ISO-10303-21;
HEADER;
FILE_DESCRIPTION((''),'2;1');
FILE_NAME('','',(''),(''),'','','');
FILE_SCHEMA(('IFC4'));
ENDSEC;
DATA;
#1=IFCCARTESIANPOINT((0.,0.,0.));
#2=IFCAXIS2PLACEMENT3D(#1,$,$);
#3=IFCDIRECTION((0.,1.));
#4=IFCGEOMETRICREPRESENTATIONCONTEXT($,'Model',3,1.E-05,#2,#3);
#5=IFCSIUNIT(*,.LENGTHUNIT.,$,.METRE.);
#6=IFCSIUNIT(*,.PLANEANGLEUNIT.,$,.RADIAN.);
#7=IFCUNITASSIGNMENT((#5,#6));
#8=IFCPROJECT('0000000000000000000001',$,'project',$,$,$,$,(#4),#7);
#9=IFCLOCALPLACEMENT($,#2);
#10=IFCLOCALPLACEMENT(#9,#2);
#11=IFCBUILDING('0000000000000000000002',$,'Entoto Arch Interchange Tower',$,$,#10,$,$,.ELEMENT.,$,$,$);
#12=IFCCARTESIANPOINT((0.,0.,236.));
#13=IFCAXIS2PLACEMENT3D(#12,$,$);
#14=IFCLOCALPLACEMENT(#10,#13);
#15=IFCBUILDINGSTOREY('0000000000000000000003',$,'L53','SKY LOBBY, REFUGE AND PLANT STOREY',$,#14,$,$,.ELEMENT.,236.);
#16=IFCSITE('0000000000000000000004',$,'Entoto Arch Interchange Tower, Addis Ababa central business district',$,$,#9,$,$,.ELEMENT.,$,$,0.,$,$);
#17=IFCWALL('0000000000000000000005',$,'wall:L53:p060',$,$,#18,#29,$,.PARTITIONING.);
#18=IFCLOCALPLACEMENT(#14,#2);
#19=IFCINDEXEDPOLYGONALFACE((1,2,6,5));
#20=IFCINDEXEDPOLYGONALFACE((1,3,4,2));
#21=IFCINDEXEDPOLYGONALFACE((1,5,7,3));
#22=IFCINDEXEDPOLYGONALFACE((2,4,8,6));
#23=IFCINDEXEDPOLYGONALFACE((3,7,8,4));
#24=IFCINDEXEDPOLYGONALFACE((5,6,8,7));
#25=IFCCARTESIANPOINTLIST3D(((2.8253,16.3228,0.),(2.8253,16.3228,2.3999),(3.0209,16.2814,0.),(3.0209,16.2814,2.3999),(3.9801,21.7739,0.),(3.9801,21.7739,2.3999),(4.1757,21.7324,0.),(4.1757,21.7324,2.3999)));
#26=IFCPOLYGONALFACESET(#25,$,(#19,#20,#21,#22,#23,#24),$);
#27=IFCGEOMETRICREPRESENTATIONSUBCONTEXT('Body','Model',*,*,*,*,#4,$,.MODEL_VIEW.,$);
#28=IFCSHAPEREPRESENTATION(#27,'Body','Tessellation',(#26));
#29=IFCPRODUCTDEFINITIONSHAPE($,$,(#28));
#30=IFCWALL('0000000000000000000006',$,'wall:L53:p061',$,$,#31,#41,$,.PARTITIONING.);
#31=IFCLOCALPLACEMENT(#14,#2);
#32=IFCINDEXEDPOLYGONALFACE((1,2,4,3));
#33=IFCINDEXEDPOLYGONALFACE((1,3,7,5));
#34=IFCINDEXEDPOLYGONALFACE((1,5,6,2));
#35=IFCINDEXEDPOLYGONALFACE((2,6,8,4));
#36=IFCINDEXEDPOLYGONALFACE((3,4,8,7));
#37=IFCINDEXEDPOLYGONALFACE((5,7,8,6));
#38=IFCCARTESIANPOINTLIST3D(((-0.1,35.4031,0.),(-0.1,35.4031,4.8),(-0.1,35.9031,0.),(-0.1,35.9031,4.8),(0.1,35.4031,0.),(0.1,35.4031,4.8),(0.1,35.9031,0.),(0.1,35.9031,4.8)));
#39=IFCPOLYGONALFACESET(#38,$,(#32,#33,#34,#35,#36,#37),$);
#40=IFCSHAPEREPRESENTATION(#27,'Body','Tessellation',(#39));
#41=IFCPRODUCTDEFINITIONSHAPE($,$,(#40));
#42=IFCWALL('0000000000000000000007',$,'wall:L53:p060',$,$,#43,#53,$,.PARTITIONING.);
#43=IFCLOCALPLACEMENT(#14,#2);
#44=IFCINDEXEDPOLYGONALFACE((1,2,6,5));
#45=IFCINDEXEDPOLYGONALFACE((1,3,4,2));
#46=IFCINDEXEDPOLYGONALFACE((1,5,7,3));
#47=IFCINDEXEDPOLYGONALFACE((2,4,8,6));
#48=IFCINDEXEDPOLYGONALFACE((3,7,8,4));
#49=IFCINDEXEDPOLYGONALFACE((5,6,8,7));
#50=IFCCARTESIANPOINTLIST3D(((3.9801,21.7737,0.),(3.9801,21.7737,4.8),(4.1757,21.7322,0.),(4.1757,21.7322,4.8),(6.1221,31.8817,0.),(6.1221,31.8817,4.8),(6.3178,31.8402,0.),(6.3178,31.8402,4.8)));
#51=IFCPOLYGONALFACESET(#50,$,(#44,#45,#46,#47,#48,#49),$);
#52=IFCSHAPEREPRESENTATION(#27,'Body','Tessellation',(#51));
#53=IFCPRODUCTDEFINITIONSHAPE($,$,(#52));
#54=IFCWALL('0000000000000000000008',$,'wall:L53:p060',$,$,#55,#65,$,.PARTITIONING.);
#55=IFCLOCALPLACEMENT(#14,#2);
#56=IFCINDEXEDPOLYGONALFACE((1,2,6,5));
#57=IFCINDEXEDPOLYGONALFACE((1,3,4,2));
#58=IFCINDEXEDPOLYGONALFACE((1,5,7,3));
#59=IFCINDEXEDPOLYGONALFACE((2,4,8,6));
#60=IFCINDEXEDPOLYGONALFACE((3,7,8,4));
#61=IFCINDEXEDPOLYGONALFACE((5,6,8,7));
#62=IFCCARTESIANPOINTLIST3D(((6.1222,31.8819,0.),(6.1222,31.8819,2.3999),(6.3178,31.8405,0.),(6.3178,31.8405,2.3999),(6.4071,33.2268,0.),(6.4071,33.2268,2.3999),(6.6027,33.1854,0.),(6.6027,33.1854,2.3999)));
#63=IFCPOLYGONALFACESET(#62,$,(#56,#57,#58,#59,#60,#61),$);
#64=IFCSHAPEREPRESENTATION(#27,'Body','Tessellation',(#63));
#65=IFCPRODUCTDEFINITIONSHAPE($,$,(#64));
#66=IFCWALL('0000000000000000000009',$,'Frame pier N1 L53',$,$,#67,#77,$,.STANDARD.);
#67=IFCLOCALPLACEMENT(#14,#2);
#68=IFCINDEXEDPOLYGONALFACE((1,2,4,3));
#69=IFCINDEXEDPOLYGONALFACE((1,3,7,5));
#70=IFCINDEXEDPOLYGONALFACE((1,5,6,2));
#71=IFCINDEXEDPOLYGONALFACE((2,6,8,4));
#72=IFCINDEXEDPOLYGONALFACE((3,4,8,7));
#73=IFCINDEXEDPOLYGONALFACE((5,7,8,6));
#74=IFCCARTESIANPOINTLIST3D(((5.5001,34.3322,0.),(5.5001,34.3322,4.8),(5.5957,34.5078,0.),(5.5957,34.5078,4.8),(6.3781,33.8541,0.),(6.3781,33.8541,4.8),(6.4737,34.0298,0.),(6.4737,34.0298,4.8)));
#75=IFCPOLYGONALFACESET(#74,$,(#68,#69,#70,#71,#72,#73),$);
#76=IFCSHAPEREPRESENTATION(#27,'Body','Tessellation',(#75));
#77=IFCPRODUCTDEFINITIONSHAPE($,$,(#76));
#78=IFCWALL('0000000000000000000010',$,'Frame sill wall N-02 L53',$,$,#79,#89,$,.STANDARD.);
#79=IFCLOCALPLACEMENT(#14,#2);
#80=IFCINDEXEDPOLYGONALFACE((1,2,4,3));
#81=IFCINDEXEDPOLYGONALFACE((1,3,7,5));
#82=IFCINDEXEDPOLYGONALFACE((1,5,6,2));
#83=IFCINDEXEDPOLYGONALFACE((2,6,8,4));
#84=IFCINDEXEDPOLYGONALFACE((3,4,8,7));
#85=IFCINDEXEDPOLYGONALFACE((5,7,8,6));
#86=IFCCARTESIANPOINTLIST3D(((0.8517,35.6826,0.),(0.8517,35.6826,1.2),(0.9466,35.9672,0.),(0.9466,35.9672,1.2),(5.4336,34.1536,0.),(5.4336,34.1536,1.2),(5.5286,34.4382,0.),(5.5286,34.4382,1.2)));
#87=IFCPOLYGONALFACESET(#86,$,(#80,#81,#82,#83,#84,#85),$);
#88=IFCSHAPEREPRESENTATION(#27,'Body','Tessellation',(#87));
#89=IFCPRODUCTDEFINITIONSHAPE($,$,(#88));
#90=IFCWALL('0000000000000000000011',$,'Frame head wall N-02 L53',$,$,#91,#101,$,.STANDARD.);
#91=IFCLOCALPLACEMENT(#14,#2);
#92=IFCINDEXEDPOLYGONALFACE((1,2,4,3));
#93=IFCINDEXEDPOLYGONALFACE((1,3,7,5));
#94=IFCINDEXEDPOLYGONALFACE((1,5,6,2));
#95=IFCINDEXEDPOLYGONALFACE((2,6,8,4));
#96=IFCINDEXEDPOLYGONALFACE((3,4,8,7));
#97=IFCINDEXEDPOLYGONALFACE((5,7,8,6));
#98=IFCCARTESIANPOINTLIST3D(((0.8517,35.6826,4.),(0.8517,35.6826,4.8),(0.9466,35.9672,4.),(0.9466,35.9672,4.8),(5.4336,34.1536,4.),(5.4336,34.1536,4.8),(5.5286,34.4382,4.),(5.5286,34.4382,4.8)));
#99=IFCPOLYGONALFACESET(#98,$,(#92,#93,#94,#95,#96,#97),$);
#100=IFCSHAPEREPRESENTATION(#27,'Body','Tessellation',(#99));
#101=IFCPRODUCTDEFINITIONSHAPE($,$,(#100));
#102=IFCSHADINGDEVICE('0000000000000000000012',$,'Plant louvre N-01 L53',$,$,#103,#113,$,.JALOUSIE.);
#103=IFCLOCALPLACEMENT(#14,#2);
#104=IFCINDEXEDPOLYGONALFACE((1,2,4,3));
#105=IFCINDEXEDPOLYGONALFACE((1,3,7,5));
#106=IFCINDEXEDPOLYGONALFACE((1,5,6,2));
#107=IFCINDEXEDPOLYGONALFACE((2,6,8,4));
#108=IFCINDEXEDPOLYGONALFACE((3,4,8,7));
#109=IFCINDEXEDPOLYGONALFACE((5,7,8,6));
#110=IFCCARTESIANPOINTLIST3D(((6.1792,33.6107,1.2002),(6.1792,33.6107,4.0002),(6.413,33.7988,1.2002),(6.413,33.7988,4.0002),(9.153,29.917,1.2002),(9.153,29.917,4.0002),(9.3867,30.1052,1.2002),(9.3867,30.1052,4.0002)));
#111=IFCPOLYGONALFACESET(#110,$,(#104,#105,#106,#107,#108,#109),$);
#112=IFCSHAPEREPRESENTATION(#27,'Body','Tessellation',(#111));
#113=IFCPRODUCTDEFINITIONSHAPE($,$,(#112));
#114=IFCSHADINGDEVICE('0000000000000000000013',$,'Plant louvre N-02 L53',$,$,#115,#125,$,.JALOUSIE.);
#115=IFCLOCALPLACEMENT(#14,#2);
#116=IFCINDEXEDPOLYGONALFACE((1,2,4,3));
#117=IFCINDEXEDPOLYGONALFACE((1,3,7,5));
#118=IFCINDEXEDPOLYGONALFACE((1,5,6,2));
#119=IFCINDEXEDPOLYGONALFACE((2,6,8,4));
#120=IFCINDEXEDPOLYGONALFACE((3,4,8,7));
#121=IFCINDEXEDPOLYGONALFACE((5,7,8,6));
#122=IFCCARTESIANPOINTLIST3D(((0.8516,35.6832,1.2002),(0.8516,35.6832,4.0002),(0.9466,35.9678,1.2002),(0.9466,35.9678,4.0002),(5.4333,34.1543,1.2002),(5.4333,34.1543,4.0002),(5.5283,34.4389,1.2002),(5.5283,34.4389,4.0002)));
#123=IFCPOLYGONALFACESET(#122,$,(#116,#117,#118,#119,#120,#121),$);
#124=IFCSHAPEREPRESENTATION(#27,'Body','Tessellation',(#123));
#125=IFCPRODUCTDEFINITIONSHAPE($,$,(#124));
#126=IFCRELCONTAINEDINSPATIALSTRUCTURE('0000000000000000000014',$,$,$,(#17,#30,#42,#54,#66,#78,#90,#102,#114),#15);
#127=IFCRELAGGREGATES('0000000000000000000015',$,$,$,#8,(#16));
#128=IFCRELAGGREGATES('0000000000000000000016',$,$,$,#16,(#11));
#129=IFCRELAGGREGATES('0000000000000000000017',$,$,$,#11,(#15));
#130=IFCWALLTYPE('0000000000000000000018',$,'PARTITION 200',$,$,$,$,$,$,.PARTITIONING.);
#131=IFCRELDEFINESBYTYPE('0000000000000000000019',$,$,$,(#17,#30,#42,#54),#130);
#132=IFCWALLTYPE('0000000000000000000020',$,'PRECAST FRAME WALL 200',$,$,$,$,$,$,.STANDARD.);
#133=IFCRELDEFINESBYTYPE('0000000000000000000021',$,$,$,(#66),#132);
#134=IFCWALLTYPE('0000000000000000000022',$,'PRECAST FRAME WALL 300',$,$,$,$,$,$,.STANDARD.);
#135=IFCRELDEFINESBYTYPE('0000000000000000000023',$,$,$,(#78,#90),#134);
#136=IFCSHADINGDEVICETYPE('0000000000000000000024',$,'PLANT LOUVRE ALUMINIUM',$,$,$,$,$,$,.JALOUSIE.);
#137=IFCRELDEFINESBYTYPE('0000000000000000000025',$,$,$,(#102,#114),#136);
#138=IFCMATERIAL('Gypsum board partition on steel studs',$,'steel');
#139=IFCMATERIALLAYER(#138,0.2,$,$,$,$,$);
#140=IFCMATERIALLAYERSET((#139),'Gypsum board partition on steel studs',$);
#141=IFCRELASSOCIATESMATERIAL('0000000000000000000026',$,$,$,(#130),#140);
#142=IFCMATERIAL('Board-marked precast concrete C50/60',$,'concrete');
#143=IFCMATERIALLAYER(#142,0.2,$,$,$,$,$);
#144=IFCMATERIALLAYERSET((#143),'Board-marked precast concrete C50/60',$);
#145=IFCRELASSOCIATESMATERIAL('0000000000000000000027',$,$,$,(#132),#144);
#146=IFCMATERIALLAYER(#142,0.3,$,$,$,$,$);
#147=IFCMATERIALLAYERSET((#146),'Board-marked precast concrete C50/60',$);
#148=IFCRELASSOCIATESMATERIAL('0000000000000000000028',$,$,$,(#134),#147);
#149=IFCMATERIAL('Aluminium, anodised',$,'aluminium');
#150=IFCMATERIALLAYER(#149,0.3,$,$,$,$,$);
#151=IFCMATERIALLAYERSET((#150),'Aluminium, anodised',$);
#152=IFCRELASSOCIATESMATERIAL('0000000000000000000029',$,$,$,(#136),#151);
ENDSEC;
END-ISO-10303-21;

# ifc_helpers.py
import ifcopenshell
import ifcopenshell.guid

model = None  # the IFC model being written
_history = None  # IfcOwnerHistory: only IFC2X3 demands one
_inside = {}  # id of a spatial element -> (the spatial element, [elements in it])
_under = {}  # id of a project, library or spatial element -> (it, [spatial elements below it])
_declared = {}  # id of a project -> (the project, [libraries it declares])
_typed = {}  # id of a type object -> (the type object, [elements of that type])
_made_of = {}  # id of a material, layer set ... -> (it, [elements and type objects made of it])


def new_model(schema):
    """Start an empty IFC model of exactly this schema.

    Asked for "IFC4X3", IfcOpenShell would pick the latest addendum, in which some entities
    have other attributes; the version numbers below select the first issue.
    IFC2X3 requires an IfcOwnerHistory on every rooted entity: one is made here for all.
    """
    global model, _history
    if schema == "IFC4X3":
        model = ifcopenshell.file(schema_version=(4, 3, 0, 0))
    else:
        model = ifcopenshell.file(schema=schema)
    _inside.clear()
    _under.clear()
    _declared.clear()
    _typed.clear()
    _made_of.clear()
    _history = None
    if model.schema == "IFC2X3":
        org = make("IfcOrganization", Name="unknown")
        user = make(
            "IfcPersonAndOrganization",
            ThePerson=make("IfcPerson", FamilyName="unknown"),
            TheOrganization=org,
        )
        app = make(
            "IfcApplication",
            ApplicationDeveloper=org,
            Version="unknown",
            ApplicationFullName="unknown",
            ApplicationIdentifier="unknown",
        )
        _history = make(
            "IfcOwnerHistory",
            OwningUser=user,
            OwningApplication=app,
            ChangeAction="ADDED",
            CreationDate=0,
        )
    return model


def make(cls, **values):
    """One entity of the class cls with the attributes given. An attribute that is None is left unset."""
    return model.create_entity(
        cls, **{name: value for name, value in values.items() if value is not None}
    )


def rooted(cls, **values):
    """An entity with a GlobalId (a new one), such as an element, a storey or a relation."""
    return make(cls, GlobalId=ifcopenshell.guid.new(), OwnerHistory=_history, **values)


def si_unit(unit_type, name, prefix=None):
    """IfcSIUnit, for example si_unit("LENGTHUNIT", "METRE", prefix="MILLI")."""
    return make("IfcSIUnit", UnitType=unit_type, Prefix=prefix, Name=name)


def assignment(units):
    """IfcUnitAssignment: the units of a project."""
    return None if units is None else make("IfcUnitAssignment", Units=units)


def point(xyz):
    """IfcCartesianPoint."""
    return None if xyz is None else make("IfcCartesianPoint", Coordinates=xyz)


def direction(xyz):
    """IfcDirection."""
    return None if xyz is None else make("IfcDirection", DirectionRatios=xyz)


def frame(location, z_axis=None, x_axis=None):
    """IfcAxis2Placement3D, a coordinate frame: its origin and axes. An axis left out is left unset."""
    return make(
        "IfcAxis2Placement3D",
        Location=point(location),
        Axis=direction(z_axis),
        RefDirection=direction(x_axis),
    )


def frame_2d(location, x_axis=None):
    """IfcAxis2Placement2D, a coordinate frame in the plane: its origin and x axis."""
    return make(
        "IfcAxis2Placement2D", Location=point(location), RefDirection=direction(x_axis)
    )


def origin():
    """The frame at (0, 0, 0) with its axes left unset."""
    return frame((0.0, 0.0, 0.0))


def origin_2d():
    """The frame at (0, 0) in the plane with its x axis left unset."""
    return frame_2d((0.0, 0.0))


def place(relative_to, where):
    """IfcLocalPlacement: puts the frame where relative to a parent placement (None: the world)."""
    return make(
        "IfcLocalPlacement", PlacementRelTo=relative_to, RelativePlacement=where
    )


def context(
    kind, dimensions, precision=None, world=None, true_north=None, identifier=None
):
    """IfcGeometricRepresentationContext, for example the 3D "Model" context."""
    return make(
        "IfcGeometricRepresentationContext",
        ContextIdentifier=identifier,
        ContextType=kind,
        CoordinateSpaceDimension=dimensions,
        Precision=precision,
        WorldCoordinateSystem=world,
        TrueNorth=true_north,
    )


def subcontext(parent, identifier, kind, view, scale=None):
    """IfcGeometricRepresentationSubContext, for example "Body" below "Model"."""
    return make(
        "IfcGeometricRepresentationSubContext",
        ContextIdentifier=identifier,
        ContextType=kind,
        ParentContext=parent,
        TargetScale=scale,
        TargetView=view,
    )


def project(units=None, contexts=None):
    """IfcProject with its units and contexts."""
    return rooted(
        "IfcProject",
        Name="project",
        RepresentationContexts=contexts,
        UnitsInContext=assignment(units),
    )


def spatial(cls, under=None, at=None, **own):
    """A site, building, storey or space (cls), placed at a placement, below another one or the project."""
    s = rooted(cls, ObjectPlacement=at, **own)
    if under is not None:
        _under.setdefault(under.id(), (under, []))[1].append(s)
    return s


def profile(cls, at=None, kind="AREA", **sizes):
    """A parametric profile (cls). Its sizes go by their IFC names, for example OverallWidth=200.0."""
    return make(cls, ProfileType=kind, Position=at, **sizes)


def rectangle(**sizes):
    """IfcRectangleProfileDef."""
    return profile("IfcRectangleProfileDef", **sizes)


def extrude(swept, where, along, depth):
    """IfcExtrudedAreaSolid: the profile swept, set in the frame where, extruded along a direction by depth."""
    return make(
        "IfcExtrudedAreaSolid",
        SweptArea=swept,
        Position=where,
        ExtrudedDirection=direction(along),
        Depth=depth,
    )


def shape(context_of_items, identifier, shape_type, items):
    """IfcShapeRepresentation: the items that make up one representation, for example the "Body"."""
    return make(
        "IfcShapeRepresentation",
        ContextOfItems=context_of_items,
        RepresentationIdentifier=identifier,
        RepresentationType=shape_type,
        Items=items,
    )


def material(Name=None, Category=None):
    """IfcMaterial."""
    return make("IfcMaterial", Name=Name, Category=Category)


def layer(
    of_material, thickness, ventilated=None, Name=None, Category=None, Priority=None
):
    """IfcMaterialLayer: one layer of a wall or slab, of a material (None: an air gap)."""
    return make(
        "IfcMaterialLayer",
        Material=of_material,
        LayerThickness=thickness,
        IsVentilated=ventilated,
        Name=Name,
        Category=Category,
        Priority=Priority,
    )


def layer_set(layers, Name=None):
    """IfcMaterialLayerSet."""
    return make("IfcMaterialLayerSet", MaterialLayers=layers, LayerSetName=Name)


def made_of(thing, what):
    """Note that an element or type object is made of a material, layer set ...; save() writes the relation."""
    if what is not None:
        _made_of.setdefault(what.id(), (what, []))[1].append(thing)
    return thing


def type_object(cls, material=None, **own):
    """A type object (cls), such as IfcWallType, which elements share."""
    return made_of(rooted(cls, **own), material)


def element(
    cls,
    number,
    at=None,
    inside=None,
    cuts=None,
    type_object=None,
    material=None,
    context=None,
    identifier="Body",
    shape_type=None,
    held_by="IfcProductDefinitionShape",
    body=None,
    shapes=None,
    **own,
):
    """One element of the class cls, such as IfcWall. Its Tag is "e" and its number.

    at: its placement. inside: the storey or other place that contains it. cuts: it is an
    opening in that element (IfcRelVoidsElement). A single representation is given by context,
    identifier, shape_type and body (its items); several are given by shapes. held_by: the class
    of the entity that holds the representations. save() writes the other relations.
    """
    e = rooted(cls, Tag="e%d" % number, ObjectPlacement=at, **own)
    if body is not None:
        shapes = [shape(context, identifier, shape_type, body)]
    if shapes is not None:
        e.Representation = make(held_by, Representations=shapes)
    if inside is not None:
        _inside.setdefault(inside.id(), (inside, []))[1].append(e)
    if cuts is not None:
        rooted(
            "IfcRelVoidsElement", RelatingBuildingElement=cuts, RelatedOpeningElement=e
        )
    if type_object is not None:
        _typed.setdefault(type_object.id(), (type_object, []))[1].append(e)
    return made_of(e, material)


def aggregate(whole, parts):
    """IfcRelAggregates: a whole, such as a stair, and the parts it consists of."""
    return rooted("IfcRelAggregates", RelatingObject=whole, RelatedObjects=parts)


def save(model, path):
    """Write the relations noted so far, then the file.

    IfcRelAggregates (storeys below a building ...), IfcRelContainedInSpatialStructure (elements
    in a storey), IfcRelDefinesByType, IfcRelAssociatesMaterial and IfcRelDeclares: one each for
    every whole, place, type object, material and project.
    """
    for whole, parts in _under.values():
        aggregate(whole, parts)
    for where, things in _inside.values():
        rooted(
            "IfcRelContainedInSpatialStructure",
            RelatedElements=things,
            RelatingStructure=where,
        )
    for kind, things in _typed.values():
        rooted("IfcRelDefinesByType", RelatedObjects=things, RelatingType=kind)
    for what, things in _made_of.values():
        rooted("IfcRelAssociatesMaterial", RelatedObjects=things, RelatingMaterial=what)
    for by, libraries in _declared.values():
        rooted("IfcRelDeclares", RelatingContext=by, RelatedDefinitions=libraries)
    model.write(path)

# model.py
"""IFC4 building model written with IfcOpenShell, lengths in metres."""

from ifc_helpers import new_model, si_unit, direction, frame, frame_2d, origin, origin_2d, place, context, subcontext, project, spatial, rectangle, extrude, material, layer, layer_set, type_object, element, save


model = new_model("IFC4")

# Units and contexts
model_context = context("Model", 3, precision=1e-05, world=origin(), true_north=direction((0.0, 1.0)))
body_context = subcontext(model_context, "Body", "Model", "MODEL_VIEW")
ifc_project = project(units=[si_unit("LENGTHUNIT", "METRE"), si_unit("PLANEANGLEUNIT", "RADIAN")], contexts=[model_context])

# Site, building, storey
site_placement = place(None, origin())
site = spatial("IfcSite", under=ifc_project, at=site_placement, Name="Entoto Arch Interchange Tower, Addis Ababa central business district", CompositionType="ELEMENT", RefElevation=0.0)
building_placement = place(site_placement, origin())
building = spatial("IfcBuilding", under=site, at=building_placement, Name="Entoto Arch Interchange Tower", CompositionType="ELEMENT")
storey_placement = place(building_placement, frame((0.0, 0.0, 236.0)))
storey = spatial("IfcBuildingStorey", under=building, at=storey_placement, Name="L53", Description="SKY LOBBY, REFUGE AND PLANT STOREY", CompositionType="ELEMENT", Elevation=236.0)

# Shared definitions
ifc_material_1 = material(Name="Gypsum board partition on steel studs", Category="steel")
ifc_layer_1 = layer(ifc_material_1, 0.2)
ifc_layer_set_1 = layer_set([ifc_layer_1], Name="Gypsum board partition on steel studs")
wall_type_1 = type_object("IfcWallType", Name="PARTITION 200", PredefinedType="PARTITIONING", material=ifc_layer_set_1)

# Walls
wall_1_placement = place(storey_placement, frame((2.9231, 16.302, 0.0), z_axis=(0.0, 0.0, 1.0), x_axis=(0.207251, 0.978288, 0.0)))
element("IfcWall", 1, at=wall_1_placement, inside=storey, type_object=wall_type_1, Name="wall:L53:p060", PredefinedType="PARTITIONING", context=body_context, shape_type="SweptSolid", body=[
    extrude(rectangle(XDim=5.572, YDim=0.2, at=frame_2d((2.7861, 0.0))), origin(), (0.0, 0.0, 1.0), 2.3999),
])
wall_2_placement = place(storey_placement, frame((0.0, 35.4031, 0.0), z_axis=(0.0, 0.0, 1.0), x_axis=(0.0, 1.0, 0.0)))
element("IfcWall", 2, at=wall_2_placement, inside=storey, type_object=wall_type_1, Name="wall:L53:p061", PredefinedType="PARTITIONING", context=body_context, shape_type="SweptSolid", body=[
    extrude(rectangle(XDim=0.5, YDim=0.2, at=frame_2d((0.25, 0.0))), origin(), (0.0, 0.0, 1.0), 4.8),
])
wall_3_placement = place(storey_placement, frame((4.0779, 21.7529, 0.0), z_axis=(0.0, 0.0, 1.0), x_axis=(0.207313, 0.978275, 0.0)))
element("IfcWall", 3, at=wall_3_placement, inside=storey, type_object=wall_type_1, Name="wall:L53:p060", PredefinedType="PARTITIONING", context=body_context, shape_type="SweptSolid", body=[
    extrude(rectangle(XDim=10.3325, YDim=0.2, at=frame_2d((5.1663, 0.0))), origin(), (0.0, 0.0, 1.0), 4.8),
])
wall_4_placement = place(storey_placement, frame((6.22, 31.8611, 0.0), z_axis=(0.0, 0.0, 1.0), x_axis=(0.207236, 0.978291, 0.0)))
element("IfcWall", 4, at=wall_4_placement, inside=storey, type_object=wall_type_1, Name="wall:L53:p060", PredefinedType="PARTITIONING", context=body_context, shape_type="SweptSolid", body=[
    extrude(rectangle(XDim=1.3748, YDim=0.2, at=frame_2d((0.6875, 0.0))), origin(), (0.0, 0.0, 1.0), 2.3999),
])
ifc_material_2 = material(Name="Board-marked precast concrete C50/60", Category="concrete")
ifc_layer_2 = layer(ifc_material_2, 0.2)
ifc_layer_set_2 = layer_set([ifc_layer_2], Name="Board-marked precast concrete C50/60")
wall_type_2 = type_object("IfcWallType", Name="PRECAST FRAME WALL 200", PredefinedType="STANDARD", material=ifc_layer_set_2)
wall_5_placement = place(storey_placement, frame((6.426, 33.9419, 0.0), z_axis=(0.0, 0.0, 1.0), x_axis=(-0.87825, 0.478202, 0.0)))
element("IfcWall", 5, at=wall_5_placement, inside=storey, type_object=wall_type_2, Name="Frame pier N1 L53", PredefinedType="STANDARD", context=body_context, shape_type="SweptSolid", body=[
    extrude(rectangle(XDim=0.9998, YDim=0.2, at=frame_2d((0.5, 0.0))), origin(), (0.0, 0.0, 1.0), 4.8),
])
ifc_layer_3 = layer(ifc_material_2, 0.3)
ifc_layer_set_3 = layer_set([ifc_layer_3], Name="Board-marked precast concrete C50/60")
wall_type_3 = type_object("IfcWallType", Name="PRECAST FRAME WALL 300", PredefinedType="STANDARD", material=ifc_layer_set_3)
wall_6_placement = place(storey_placement, frame((5.481, 34.2959, 0.0), z_axis=(0.0, 0.0, 1.0), x_axis=(-0.948577, 0.316546, 0.0)))
element("IfcWall", 6, at=wall_6_placement, inside=storey, type_object=wall_type_3, Name="Frame sill wall N-02 L53", PredefinedType="STANDARD", context=body_context, shape_type="SweptSolid", body=[
    extrude(rectangle(XDim=4.8303, YDim=0.3, at=frame_2d((2.415, 0.0))), origin(), (0.0, 0.0, 1.0), 1.2),
])
wall_7_placement = place(storey_placement, frame((5.481, 34.2959, 4.0), z_axis=(0.0, 0.0, 1.0), x_axis=(-0.948577, 0.316546, 0.0)))
element("IfcWall", 7, at=wall_7_placement, inside=storey, type_object=wall_type_3, Name="Frame head wall N-02 L53", PredefinedType="STANDARD", context=body_context, shape_type="SweptSolid", body=[
    extrude(rectangle(XDim=4.8303, YDim=0.3, at=frame_2d((2.415, 0.0))), origin(), (0.0, 0.0, 1.0), 0.8),
])

# Shading devices
ifc_material_3 = material(Name="Aluminium, anodised", Category="aluminium")
ifc_layer_4 = layer(ifc_material_3, 0.3)
ifc_layer_set_4 = layer_set([ifc_layer_4], Name="Aluminium, anodised")
shading_device_type = type_object("IfcShadingDeviceType", Name="PLANT LOUVRE ALUMINIUM", PredefinedType="JALOUSIE", material=ifc_layer_set_4)
shading_device_1_placement = place(storey_placement, frame((7.783, 31.8579, 1.2002), z_axis=(0.0, 0.0, 1.0), x_axis=(-0.627107, 0.778933, 0.0)))
element("IfcShadingDevice", 8, at=shading_device_1_placement, inside=storey, type_object=shading_device_type, Name="Plant louvre N-01 L53", PredefinedType="JALOUSIE", context=body_context, shape_type="SweptSolid", body=[
    extrude(rectangle(XDim=4.7419, YDim=0.3, at=origin_2d()), origin(), (0.0, 0.0, 1.0), 2.8),
])
shading_device_2_placement = place(storey_placement, frame((3.1899, 35.061, 1.2002), z_axis=(0.0, 0.0, 1.0), x_axis=(-0.948578, 0.316543, 0.0)))
element("IfcShadingDevice", 9, at=shading_device_2_placement, inside=storey, type_object=shading_device_type, Name="Plant louvre N-02 L53", PredefinedType="JALOUSIE", context=body_context, shape_type="SweptSolid", body=[
    extrude(rectangle(XDim=4.8301, YDim=0.3, at=origin_2d()), origin(), (0.0, 0.0, 1.0), 2.8),
])

save(model, "model.ifc")
